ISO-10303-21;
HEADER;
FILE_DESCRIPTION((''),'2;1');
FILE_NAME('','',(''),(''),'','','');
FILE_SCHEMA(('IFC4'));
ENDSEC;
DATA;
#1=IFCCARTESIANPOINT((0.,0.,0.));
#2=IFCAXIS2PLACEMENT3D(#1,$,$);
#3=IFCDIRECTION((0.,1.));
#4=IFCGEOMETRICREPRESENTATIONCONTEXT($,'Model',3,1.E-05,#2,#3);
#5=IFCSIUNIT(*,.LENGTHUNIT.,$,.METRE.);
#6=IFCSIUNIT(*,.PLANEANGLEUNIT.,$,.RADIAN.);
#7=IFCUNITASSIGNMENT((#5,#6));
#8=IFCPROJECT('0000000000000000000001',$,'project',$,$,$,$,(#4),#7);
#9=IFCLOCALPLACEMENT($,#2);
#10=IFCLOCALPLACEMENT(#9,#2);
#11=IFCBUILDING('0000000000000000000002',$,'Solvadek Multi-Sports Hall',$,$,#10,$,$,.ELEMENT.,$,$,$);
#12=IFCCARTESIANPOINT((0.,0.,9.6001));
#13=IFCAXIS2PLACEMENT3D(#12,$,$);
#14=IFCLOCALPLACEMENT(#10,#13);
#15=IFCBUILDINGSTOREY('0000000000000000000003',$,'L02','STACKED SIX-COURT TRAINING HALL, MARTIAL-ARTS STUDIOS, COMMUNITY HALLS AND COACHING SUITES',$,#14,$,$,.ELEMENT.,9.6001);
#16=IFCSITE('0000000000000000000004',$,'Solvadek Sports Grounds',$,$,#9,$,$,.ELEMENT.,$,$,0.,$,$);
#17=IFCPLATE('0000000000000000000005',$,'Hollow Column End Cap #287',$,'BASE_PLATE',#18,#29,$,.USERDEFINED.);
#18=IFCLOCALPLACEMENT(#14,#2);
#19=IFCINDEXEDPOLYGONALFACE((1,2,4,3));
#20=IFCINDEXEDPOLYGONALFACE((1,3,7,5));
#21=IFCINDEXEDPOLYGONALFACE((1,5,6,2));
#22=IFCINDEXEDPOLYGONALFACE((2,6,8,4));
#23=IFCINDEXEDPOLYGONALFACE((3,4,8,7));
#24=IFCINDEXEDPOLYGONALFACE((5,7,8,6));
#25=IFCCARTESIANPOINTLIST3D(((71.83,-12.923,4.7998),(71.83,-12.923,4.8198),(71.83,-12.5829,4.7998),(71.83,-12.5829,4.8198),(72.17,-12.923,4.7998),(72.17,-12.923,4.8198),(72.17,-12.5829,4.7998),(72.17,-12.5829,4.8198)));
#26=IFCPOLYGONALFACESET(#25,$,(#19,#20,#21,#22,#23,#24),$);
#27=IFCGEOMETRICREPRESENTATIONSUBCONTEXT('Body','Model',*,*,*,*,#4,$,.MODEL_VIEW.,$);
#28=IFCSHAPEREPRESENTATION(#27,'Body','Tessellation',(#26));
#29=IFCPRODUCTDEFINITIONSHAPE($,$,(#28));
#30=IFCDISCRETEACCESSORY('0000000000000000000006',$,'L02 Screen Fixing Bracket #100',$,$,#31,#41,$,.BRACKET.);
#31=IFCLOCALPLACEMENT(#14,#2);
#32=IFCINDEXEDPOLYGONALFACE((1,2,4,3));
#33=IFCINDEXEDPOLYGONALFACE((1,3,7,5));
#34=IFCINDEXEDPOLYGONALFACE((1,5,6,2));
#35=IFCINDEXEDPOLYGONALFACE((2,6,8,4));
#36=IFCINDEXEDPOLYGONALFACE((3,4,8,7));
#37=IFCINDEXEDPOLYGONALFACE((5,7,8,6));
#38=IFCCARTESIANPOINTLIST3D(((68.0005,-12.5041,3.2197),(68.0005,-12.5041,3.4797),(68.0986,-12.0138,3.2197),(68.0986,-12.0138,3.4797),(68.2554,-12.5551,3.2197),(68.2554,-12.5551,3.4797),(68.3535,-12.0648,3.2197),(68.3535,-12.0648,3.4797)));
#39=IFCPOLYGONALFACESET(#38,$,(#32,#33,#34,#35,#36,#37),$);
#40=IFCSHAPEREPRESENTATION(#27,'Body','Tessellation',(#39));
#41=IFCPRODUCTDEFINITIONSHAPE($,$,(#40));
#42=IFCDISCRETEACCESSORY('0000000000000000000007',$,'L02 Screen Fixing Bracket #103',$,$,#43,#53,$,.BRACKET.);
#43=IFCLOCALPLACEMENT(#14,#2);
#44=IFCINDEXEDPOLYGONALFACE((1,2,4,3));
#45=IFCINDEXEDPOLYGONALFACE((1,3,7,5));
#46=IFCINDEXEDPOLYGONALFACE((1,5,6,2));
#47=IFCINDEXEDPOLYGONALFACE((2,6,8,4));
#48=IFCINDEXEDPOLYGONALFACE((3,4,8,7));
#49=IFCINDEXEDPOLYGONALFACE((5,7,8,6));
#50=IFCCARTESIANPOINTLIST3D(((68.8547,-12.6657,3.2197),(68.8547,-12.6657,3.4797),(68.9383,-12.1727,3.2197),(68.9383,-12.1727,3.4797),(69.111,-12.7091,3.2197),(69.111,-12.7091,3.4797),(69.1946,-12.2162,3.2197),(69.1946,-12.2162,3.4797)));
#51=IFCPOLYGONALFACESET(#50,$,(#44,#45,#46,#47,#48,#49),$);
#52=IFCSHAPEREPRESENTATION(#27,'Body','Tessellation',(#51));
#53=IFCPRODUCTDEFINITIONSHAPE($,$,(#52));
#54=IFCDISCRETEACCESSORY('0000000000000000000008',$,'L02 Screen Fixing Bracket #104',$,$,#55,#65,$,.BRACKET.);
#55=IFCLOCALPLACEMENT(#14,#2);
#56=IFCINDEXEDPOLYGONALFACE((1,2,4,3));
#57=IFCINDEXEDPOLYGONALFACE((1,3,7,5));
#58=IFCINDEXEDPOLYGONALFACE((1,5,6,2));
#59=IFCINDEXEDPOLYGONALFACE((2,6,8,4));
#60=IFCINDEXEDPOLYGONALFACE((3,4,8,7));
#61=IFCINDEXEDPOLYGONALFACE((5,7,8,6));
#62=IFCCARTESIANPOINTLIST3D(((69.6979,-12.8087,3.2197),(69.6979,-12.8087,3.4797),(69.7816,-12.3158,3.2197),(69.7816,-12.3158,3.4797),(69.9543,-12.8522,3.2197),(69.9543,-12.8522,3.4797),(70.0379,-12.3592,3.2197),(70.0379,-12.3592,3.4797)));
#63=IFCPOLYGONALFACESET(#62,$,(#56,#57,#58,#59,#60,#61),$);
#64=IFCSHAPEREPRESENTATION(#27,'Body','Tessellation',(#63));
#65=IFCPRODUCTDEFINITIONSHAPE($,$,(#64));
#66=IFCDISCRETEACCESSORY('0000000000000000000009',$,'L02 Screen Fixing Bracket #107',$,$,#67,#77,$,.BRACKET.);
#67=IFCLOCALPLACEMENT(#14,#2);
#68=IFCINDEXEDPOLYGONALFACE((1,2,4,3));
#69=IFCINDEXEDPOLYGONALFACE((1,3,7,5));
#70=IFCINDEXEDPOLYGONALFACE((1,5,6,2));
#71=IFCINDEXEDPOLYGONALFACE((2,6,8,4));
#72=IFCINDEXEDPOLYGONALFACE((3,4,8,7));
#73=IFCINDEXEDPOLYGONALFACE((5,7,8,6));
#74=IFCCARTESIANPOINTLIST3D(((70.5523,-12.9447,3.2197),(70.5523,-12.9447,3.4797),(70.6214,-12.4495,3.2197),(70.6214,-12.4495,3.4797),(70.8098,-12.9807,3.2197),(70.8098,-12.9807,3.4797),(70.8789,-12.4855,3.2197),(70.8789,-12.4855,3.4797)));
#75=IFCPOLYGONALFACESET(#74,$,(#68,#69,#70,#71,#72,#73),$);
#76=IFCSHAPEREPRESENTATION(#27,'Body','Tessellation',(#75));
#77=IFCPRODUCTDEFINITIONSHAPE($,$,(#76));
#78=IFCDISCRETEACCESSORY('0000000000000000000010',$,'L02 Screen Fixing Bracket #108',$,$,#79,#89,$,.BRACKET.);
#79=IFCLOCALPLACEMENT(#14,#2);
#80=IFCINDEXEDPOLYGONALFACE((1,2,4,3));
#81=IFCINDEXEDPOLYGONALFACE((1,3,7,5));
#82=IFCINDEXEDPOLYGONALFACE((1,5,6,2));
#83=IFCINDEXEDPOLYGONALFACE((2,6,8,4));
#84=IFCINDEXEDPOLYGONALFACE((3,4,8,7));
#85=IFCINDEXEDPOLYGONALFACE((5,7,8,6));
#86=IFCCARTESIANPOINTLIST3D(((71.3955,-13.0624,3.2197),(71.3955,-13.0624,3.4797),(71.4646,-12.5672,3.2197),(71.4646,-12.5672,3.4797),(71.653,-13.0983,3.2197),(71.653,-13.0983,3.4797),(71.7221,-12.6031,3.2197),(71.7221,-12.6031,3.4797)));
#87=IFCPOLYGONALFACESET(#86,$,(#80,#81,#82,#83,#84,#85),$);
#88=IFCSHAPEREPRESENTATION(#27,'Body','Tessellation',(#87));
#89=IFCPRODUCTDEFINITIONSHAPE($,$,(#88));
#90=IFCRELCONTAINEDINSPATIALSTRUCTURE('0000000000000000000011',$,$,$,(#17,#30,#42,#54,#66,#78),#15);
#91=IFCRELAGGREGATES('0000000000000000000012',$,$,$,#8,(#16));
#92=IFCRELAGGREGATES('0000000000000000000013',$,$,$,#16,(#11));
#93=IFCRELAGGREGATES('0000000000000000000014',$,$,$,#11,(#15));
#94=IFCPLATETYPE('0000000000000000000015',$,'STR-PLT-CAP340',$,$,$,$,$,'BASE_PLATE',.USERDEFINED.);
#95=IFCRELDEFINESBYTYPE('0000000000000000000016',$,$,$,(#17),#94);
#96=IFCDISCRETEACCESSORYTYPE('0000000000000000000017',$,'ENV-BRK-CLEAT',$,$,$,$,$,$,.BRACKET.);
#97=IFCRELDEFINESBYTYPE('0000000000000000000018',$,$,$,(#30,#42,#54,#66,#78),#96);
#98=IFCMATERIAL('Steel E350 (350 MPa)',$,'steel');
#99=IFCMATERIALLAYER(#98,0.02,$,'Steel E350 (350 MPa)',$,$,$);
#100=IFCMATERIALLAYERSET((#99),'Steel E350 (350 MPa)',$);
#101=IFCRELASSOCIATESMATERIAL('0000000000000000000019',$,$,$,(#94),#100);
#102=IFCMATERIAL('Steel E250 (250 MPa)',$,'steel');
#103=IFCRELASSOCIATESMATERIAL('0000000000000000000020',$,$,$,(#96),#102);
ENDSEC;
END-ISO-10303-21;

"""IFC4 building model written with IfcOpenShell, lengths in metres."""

from ifc_helpers import new_model, si_unit, direction, frame, origin, origin_2d, place, context, subcontext, project, spatial, rectangle, extrude, material, layer, layer_set, type_object, element, save


model = new_model("IFC4")

# Units and contexts
model_context = context("Model", 3, precision=1e-05, world=origin(), true_north=direction((0.0, 1.0)))
body_context = subcontext(model_context, "Body", "Model", "MODEL_VIEW")
ifc_project = project(units=[si_unit("LENGTHUNIT", "METRE"), si_unit("PLANEANGLEUNIT", "RADIAN")], contexts=[model_context])

# Site, building, storey
site_placement = place(None, origin())
site = spatial("IfcSite", under=ifc_project, at=site_placement, Name="Solvadek Sports Grounds", CompositionType="ELEMENT", RefElevation=0.0)
building_placement = place(site_placement, origin())
building = spatial("IfcBuilding", under=site, at=building_placement, Name="Solvadek Multi-Sports Hall", CompositionType="ELEMENT")
storey_placement = place(building_placement, frame((0.0, 0.0, 9.6001)))
storey = spatial("IfcBuildingStorey", under=building, at=storey_placement, Name="L02", Description="STACKED SIX-COURT TRAINING HALL, MARTIAL-ARTS STUDIOS, COMMUNITY HALLS AND COACHING SUITES", CompositionType="ELEMENT", Elevation=9.6001)

# Shared definitions
ifc_material_1 = material(Name="Steel E350 (350 MPa)", Category="steel")

# Plate
ifc_layer_1 = layer(ifc_material_1, 0.02, Name="Steel E350 (350 MPa)")
ifc_layer_set_1 = layer_set([ifc_layer_1], Name="Steel E350 (350 MPa)")
plate_type_1 = type_object("IfcPlateType", Name="STR-PLT-CAP340", ElementType="BASE_PLATE", PredefinedType="USERDEFINED", material=ifc_layer_set_1)
plate_1_placement = place(storey_placement, frame((72.0, -12.7529, 4.7998), z_axis=(0.0, 0.0, 1.0), x_axis=(1.0, 0.0, 0.0)))
element("IfcPlate", 1, at=plate_1_placement, inside=storey, type_object=plate_type_1, Name="Hollow Column End Cap #287", ObjectType="BASE_PLATE", PredefinedType="USERDEFINED", context=body_context, shape_type="SweptSolid", body=[
    extrude(rectangle(XDim=0.3401, YDim=0.3401, at=origin_2d()), origin(), (0.0, 0.0, 1.0), 0.02),
])

# Discrete accessories
ifc_material_2 = material(Name="Steel E250 (250 MPa)", Category="steel")
discrete_accessory_type = type_object("IfcDiscreteAccessoryType", Name="ENV-BRK-CLEAT", PredefinedType="BRACKET", material=ifc_material_2)
for number, where, z_axis, x_axis, name in (
    (2, (68.177, -12.2844, 3.2197), (0.0, 0.0, 1.0), (0.980567, -0.196183, 0.0), "L02 Screen Fixing Bracket #100"),
    (3, (69.0247, -12.4409, 3.2197), (0.0, 0.0, 1.0), (0.985919, -0.167223, 0.0), "L02 Screen Fixing Bracket #103"),
    (4, (69.8679, -12.584, 3.2197), (0.0, 0.0, 1.0), (0.985919, -0.167223, 0.0), "L02 Screen Fixing Bracket #104"),
    (5, (70.7156, -12.7151, 3.2197), (0.0, 0.0, 1.0), (0.990403, -0.138207, 0.0), "L02 Screen Fixing Bracket #107"),
    (6, (71.5588, -12.8328, 3.2197), (0.0, 0.0, 1.0), (0.990403, -0.138207, 0.0), "L02 Screen Fixing Bracket #108"),
):
    element("IfcDiscreteAccessory", number, at=place(storey_placement, frame(where, z_axis=z_axis, x_axis=x_axis)), inside=storey, type_object=discrete_accessory_type, Name=name, PredefinedType="BRACKET", context=body_context, shape_type="SweptSolid", body=[
        extrude(rectangle(XDim=0.26, YDim=0.5, at=origin_2d()), origin(), (0.0, 0.0, 1.0), 0.26),
    ])

save(model, "model.ifc")
